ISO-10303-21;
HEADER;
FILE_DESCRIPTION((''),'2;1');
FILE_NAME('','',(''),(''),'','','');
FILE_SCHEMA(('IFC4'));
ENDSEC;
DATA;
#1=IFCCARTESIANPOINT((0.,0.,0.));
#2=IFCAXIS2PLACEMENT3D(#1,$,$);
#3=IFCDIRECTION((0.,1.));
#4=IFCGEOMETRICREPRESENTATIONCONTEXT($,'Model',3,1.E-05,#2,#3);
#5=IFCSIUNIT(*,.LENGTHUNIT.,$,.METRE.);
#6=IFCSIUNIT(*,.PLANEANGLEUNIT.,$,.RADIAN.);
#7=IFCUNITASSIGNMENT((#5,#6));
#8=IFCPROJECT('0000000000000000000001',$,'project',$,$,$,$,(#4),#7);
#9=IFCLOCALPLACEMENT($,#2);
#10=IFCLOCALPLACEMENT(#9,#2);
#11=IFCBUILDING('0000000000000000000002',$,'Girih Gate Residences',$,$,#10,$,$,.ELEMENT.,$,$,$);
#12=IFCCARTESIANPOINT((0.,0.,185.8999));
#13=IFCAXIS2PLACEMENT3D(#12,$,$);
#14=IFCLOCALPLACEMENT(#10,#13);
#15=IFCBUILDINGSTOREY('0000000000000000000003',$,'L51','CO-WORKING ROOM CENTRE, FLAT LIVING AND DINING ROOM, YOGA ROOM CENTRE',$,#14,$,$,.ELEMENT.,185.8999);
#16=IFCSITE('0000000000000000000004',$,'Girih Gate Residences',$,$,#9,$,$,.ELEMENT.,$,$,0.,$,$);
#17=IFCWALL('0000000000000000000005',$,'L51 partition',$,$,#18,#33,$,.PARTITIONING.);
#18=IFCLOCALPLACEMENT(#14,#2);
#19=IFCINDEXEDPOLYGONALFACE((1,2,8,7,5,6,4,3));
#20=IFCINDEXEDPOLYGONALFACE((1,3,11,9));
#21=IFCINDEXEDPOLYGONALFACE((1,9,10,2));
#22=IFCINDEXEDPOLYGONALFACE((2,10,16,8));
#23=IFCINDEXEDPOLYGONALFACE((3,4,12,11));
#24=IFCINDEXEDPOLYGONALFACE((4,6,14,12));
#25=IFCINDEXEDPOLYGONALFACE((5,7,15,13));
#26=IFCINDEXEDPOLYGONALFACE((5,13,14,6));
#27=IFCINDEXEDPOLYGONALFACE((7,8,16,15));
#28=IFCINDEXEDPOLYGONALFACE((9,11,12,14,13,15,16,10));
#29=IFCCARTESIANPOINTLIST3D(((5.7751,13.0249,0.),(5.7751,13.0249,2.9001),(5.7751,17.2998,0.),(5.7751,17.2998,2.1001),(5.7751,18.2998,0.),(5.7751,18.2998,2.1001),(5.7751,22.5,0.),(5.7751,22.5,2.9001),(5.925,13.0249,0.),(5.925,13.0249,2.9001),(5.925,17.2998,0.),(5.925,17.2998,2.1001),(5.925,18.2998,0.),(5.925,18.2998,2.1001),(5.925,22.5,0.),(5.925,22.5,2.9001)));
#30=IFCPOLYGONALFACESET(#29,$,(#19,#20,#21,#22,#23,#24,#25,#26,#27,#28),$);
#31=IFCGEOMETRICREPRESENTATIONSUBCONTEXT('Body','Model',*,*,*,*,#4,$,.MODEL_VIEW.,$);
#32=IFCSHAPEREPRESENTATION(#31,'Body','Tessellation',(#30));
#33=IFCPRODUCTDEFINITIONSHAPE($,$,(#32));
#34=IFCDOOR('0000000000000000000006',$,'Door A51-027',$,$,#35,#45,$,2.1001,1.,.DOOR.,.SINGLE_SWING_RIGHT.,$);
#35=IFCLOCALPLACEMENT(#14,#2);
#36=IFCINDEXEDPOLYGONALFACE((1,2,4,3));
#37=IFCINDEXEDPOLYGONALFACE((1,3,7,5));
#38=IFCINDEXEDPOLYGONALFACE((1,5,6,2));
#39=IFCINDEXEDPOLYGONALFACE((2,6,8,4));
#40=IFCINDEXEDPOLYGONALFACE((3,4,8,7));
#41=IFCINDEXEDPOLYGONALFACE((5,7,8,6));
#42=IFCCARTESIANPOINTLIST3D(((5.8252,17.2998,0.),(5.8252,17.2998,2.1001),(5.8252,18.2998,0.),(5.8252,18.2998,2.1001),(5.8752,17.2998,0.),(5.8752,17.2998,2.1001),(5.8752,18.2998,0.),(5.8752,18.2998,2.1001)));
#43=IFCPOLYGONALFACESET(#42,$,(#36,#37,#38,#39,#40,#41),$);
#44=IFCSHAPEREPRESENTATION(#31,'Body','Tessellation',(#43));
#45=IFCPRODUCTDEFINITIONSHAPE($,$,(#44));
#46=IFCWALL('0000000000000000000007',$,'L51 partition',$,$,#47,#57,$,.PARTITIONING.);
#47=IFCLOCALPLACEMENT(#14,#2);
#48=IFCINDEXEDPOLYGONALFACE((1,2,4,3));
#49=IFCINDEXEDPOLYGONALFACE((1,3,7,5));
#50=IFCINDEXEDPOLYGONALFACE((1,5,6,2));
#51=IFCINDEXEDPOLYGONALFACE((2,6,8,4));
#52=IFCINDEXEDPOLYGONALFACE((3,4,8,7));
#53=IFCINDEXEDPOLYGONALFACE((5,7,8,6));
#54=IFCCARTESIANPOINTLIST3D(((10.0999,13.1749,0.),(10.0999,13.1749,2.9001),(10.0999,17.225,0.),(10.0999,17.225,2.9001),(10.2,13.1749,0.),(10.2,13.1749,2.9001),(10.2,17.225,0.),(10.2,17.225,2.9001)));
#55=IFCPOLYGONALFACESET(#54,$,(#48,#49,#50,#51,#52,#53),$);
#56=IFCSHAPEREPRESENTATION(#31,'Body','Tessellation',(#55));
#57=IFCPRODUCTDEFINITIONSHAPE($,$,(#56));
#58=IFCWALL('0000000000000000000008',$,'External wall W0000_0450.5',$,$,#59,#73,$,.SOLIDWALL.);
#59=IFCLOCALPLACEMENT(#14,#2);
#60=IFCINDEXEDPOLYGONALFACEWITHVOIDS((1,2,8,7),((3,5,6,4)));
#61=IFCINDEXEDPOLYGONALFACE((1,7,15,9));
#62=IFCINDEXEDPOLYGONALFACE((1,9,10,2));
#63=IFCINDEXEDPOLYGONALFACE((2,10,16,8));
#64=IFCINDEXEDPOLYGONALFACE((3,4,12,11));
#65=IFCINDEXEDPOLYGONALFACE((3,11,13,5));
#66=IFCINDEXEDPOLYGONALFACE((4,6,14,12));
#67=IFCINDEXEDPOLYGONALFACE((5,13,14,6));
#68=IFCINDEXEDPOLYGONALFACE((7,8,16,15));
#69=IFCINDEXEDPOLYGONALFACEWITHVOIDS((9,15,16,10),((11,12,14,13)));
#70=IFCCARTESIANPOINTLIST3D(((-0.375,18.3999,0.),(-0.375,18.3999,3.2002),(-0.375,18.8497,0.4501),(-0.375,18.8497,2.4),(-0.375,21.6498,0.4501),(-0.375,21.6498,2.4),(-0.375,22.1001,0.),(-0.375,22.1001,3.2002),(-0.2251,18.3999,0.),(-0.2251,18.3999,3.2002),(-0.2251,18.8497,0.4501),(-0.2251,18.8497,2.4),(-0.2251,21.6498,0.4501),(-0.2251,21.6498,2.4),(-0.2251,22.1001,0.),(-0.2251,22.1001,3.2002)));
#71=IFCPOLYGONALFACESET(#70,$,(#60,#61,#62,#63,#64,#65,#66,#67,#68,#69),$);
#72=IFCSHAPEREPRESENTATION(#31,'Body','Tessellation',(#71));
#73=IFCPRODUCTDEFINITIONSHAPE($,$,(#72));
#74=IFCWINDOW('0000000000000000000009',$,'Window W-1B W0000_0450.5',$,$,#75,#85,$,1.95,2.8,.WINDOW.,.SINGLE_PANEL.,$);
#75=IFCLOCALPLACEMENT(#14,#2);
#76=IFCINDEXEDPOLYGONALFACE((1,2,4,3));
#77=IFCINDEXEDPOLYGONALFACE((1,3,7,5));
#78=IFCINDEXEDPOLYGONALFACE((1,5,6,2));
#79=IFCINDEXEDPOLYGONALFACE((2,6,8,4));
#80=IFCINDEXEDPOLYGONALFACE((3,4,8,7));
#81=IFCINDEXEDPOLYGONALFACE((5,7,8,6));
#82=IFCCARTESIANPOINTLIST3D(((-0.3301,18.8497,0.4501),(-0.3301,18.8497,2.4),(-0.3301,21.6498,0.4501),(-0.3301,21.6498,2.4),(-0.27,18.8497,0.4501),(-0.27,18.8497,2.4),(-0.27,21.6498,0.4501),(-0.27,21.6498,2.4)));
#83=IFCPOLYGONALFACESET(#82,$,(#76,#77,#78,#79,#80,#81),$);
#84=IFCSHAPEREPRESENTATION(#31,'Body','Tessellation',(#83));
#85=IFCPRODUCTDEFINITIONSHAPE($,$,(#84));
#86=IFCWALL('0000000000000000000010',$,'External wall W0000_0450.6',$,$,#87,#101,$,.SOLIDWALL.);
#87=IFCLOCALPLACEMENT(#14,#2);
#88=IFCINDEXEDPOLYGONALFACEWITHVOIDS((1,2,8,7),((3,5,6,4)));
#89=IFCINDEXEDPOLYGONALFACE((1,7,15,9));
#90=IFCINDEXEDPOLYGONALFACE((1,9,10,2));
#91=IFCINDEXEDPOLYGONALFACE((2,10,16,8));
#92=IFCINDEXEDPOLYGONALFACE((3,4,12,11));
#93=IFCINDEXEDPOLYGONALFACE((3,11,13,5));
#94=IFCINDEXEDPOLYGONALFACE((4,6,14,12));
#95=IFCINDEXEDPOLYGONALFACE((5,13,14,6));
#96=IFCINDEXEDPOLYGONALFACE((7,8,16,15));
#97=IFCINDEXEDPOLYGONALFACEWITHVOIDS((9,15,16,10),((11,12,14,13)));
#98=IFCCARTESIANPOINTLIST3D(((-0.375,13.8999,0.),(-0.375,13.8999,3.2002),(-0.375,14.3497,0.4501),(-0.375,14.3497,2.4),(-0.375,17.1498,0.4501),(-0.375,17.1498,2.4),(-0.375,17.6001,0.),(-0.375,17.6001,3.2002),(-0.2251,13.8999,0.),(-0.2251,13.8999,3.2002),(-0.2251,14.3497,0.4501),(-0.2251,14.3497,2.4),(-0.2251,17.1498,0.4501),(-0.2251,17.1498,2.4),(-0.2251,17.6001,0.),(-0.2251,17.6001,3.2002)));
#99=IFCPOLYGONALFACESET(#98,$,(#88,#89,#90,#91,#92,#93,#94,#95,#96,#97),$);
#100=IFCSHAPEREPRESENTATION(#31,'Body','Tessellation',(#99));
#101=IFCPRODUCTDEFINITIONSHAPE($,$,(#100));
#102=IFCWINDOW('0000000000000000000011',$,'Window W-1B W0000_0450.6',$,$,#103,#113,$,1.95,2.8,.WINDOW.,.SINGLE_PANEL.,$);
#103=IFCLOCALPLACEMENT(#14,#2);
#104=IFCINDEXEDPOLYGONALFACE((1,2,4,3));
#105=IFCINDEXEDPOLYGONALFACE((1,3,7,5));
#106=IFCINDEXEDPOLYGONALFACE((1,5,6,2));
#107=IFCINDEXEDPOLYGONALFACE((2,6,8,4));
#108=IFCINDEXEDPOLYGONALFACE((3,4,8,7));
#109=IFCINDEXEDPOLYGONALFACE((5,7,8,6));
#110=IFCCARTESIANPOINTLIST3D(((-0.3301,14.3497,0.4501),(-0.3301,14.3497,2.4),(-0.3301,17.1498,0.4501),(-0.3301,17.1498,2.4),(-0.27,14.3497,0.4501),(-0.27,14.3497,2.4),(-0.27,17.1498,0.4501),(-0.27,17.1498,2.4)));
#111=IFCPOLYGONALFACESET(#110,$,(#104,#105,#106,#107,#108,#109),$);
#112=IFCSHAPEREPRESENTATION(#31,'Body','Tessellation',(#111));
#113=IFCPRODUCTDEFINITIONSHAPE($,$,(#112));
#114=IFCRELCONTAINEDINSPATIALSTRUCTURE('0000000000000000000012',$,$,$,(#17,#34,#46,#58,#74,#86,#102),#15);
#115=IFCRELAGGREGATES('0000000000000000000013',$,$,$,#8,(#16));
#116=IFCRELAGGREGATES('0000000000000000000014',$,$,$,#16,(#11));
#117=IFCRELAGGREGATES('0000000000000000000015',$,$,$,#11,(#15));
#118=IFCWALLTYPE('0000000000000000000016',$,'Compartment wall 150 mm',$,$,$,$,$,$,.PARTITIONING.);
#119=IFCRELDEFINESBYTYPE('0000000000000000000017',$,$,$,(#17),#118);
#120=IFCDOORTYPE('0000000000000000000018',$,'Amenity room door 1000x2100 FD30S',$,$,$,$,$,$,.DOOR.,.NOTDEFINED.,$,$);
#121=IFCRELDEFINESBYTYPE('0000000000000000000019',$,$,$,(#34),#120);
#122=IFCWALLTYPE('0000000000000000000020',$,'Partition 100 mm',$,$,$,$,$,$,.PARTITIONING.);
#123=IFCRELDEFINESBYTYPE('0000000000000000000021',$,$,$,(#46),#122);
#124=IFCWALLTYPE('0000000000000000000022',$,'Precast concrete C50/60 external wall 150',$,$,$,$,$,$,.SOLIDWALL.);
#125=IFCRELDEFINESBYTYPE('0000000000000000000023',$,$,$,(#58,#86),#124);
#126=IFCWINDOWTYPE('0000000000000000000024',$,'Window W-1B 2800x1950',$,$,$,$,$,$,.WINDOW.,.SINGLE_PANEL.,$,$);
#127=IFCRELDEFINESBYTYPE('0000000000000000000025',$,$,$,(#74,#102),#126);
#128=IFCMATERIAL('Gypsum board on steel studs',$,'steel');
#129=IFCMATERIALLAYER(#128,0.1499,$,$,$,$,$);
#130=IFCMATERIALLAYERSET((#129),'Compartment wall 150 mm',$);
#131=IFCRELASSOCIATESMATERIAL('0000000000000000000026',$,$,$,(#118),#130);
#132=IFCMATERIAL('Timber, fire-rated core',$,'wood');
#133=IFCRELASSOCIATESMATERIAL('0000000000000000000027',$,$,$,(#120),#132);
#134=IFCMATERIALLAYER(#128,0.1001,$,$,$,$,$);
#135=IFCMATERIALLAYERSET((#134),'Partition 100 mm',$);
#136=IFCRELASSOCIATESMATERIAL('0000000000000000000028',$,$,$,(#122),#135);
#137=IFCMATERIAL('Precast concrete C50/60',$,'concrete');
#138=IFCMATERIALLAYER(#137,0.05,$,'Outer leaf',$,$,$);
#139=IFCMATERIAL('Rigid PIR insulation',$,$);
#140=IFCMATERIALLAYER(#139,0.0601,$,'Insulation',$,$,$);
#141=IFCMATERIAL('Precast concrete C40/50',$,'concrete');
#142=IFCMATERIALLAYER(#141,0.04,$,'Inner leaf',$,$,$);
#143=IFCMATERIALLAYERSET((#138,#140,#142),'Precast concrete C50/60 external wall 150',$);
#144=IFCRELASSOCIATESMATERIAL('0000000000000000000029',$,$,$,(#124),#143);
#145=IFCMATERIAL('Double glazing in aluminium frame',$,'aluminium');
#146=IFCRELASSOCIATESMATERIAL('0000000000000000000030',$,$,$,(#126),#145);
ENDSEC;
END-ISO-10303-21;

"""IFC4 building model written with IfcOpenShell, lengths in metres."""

from ifc_helpers import new_model, si_unit, direction, frame, frame_2d, origin, place, context, subcontext, project, spatial, rectangle, extrude, material, layer, layer_set, type_object, element, fill, save


model = new_model("IFC4")

# Units and contexts
model_context = context("Model", 3, precision=1e-05, world=origin(), true_north=direction((0.0, 1.0)))
body_context = subcontext(model_context, "Body", "Model", "MODEL_VIEW")
ifc_project = project(units=[si_unit("LENGTHUNIT", "METRE"), si_unit("PLANEANGLEUNIT", "RADIAN")], contexts=[model_context])

# Site, building, storey
site_placement = place(None, origin())
site = spatial("IfcSite", under=ifc_project, at=site_placement, Name="Girih Gate Residences", CompositionType="ELEMENT", RefElevation=0.0)
building_placement = place(site_placement, origin())
building = spatial("IfcBuilding", under=site, at=building_placement, Name="Girih Gate Residences", CompositionType="ELEMENT")
storey_placement = place(building_placement, frame((0.0, 0.0, 185.8999)))
storey = spatial("IfcBuildingStorey", under=building, at=storey_placement, Name="L51", Description="CO-WORKING ROOM CENTRE, FLAT LIVING AND DINING ROOM, YOGA ROOM CENTRE", CompositionType="ELEMENT", Elevation=185.8999)

# Shared definitions
ifc_material_1 = material(Name="Gypsum board on steel studs", Category="steel")
ifc_layer_1 = layer(ifc_material_1, 0.1499)
ifc_layer_set_1 = layer_set([ifc_layer_1], Name="Compartment wall 150 mm")
wall_type_1 = type_object("IfcWallType", Name="Compartment wall 150 mm", PredefinedType="PARTITIONING", material=ifc_layer_set_1)

# Shared definitions
ifc_material_2 = material(Name="Timber, fire-rated core", Category="wood")

# Wall, opening, door
wall_1_placement = place(storey_placement, frame((5.8501, 13.0249, 0.0), z_axis=(0.0, 0.0, 1.0), x_axis=(0.0, 1.0, 0.0)))
wall_1 = element("IfcWall", 1, at=wall_1_placement, inside=storey, type_object=wall_type_1, Name="L51 partition", PredefinedType="PARTITIONING", context=body_context, shape_type="SweptSolid", body=[
    extrude(rectangle(XDim=9.4751, YDim=0.1499, at=frame_2d((4.7375, 0.0))), origin(), (0.0, 0.0, 1.0), 2.9001),
])
opening_1_placement = place(wall_1_placement, frame((4.2749, 0.0, 0.0)))
opening_1 = element("IfcOpeningElement", 2, at=opening_1_placement, cuts=wall_1, PredefinedType="OPENING", context=body_context, shape_type="SweptSolid", body=[
    extrude(rectangle(XDim=1.0, YDim=2.1001, at=frame_2d((0.5, 1.05))), frame((0.0, 0.085, 0.0), z_axis=(0.0, -1.0, 0.0), x_axis=(1.0, 0.0, 0.0)), (0.0, 0.0, 1.0), 0.1699),
])
door_type_1 = type_object("IfcDoorType", Name="Amenity room door 1000x2100 FD30S", OperationType="NOTDEFINED", PredefinedType="DOOR", material=ifc_material_2)
door_1_placement = place(opening_1_placement, origin())
door_1 = element("IfcDoor", 3, at=door_1_placement, inside=storey, type_object=door_type_1, Name="Door A51-027", OperationType="SINGLE_SWING_RIGHT", OverallHeight=2.1001, OverallWidth=1.0, PredefinedType="DOOR", context=body_context, shape_type="SweptSolid", body=[
    extrude(rectangle(XDim=1.0, YDim=2.1001, at=frame_2d((0.5, 1.05))), frame((0.0, 0.0249, 0.0), z_axis=(0.0, -1.0, 0.0), x_axis=(1.0, 0.0, 0.0)), (0.0, 0.0, 1.0), 0.05),
])
fill(opening_1, door_1)

# Wall
ifc_layer_2 = layer(ifc_material_1, 0.1001)
ifc_layer_set_2 = layer_set([ifc_layer_2], Name="Partition 100 mm")
wall_type_2 = type_object("IfcWallType", Name="Partition 100 mm", PredefinedType="PARTITIONING", material=ifc_layer_set_2)
wall_2_placement = place(storey_placement, frame((10.1499, 13.175, 0.0), z_axis=(0.0, 0.0, 1.0), x_axis=(0.0, 1.0, 0.0)))
element("IfcWall", 4, at=wall_2_placement, inside=storey, type_object=wall_type_2, Name="L51 partition", PredefinedType="PARTITIONING", context=body_context, shape_type="SweptSolid", body=[
    extrude(rectangle(XDim=4.05, YDim=0.1001, at=frame_2d((2.0249, 0.0))), origin(), (0.0, 0.0, 1.0), 2.9001),
])

# Walls, openings, windows
ifc_material_3 = material(Name="Precast concrete C50/60", Category="concrete")
ifc_layer_3 = layer(ifc_material_3, 0.05, Name="Outer leaf")
ifc_material_4 = material(Name="Rigid PIR insulation")
ifc_layer_4 = layer(ifc_material_4, 0.0601, Name="Insulation")
ifc_material_5 = material(Name="Precast concrete C40/50", Category="concrete")
ifc_layer_5 = layer(ifc_material_5, 0.04, Name="Inner leaf")
ifc_layer_set_3 = layer_set([ifc_layer_3, ifc_layer_4, ifc_layer_5], Name="Precast concrete C50/60 external wall 150")
wall_type_3 = type_object("IfcWallType", Name="Precast concrete C50/60 external wall 150", PredefinedType="SOLIDWALL", material=ifc_layer_set_3)
wall_3_placement = place(storey_placement, frame((-0.3, 18.3999, 0.0), z_axis=(0.0, 0.0, 1.0), x_axis=(0.0, 1.0, 0.0)))
wall_3 = element("IfcWall", 5, at=wall_3_placement, inside=storey, type_object=wall_type_3, Name="External wall W0000_0450.5", PredefinedType="SOLIDWALL", context=body_context, shape_type="SweptSolid", body=[
    extrude(rectangle(XDim=3.7002, YDim=0.1499, at=frame_2d((1.8501, 0.0))), origin(), (0.0, 0.0, 1.0), 3.2002),
])
opening_2_placement = place(wall_3_placement, frame((0.45, 0.0, 0.45)))
opening_2 = element("IfcOpeningElement", 6, at=opening_2_placement, cuts=wall_3, PredefinedType="OPENING", context=body_context, shape_type="SweptSolid", body=[
    extrude(rectangle(XDim=2.8, YDim=1.95, at=frame_2d((1.3999, 0.9751))), frame((0.0, 0.085, 0.0), z_axis=(0.0, -1.0, 0.0), x_axis=(1.0, 0.0, 0.0)), (0.0, 0.0, 1.0), 0.1699),
])
ifc_material_6 = material(Name="Double glazing in aluminium frame", Category="aluminium")
window_type = type_object("IfcWindowType", Name="Window W-1B 2800x1950", PartitioningType="SINGLE_PANEL", PredefinedType="WINDOW", material=ifc_material_6)
window_1_placement = place(opening_2_placement, origin())
window_1 = element("IfcWindow", 7, at=window_1_placement, inside=storey, type_object=window_type, Name="Window W-1B W0000_0450.5", OverallHeight=1.95, OverallWidth=2.8, PartitioningType="SINGLE_PANEL", PredefinedType="WINDOW", context=body_context, shape_type="SweptSolid", body=[
    extrude(rectangle(XDim=2.8, YDim=1.95, at=frame_2d((1.3999, 0.9751))), frame((0.0, 0.03, 0.0), z_axis=(0.0, -1.0, 0.0), x_axis=(1.0, 0.0, 0.0)), (0.0, 0.0, 1.0), 0.0601),
])
fill(opening_2, window_1)
wall_4_placement = place(storey_placement, frame((-0.3, 13.8999, 0.0), z_axis=(0.0, 0.0, 1.0), x_axis=(0.0, 1.0, 0.0)))
wall_4 = element("IfcWall", 8, at=wall_4_placement, inside=storey, type_object=wall_type_3, Name="External wall W0000_0450.6", PredefinedType="SOLIDWALL", context=body_context, shape_type="SweptSolid", body=[
    extrude(rectangle(XDim=3.7002, YDim=0.1499, at=frame_2d((1.8501, 0.0))), origin(), (0.0, 0.0, 1.0), 3.2002),
])
opening_3_placement = place(wall_4_placement, frame((0.45, 0.0, 0.45)))
opening_3 = element("IfcOpeningElement", 9, at=opening_3_placement, cuts=wall_4, PredefinedType="OPENING", context=body_context, shape_type="SweptSolid", body=[
    extrude(rectangle(XDim=2.8, YDim=1.95, at=frame_2d((1.3999, 0.9751))), frame((0.0, 0.085, 0.0), z_axis=(0.0, -1.0, 0.0), x_axis=(1.0, 0.0, 0.0)), (0.0, 0.0, 1.0), 0.1699),
])
window_2_placement = place(opening_3_placement, origin())
window_2 = element("IfcWindow", 10, at=window_2_placement, inside=storey, type_object=window_type, Name="Window W-1B W0000_0450.6", OverallHeight=1.95, OverallWidth=2.8, PartitioningType="SINGLE_PANEL", PredefinedType="WINDOW", context=body_context, shape_type="SweptSolid", body=[
    extrude(rectangle(XDim=2.8, YDim=1.95, at=frame_2d((1.3999, 0.9751))), frame((0.0, 0.03, 0.0), z_axis=(0.0, -1.0, 0.0), x_axis=(1.0, 0.0, 0.0)), (0.0, 0.0, 1.0), 0.0601),
])
fill(opening_3, window_2)

save(model, "model.ifc")
